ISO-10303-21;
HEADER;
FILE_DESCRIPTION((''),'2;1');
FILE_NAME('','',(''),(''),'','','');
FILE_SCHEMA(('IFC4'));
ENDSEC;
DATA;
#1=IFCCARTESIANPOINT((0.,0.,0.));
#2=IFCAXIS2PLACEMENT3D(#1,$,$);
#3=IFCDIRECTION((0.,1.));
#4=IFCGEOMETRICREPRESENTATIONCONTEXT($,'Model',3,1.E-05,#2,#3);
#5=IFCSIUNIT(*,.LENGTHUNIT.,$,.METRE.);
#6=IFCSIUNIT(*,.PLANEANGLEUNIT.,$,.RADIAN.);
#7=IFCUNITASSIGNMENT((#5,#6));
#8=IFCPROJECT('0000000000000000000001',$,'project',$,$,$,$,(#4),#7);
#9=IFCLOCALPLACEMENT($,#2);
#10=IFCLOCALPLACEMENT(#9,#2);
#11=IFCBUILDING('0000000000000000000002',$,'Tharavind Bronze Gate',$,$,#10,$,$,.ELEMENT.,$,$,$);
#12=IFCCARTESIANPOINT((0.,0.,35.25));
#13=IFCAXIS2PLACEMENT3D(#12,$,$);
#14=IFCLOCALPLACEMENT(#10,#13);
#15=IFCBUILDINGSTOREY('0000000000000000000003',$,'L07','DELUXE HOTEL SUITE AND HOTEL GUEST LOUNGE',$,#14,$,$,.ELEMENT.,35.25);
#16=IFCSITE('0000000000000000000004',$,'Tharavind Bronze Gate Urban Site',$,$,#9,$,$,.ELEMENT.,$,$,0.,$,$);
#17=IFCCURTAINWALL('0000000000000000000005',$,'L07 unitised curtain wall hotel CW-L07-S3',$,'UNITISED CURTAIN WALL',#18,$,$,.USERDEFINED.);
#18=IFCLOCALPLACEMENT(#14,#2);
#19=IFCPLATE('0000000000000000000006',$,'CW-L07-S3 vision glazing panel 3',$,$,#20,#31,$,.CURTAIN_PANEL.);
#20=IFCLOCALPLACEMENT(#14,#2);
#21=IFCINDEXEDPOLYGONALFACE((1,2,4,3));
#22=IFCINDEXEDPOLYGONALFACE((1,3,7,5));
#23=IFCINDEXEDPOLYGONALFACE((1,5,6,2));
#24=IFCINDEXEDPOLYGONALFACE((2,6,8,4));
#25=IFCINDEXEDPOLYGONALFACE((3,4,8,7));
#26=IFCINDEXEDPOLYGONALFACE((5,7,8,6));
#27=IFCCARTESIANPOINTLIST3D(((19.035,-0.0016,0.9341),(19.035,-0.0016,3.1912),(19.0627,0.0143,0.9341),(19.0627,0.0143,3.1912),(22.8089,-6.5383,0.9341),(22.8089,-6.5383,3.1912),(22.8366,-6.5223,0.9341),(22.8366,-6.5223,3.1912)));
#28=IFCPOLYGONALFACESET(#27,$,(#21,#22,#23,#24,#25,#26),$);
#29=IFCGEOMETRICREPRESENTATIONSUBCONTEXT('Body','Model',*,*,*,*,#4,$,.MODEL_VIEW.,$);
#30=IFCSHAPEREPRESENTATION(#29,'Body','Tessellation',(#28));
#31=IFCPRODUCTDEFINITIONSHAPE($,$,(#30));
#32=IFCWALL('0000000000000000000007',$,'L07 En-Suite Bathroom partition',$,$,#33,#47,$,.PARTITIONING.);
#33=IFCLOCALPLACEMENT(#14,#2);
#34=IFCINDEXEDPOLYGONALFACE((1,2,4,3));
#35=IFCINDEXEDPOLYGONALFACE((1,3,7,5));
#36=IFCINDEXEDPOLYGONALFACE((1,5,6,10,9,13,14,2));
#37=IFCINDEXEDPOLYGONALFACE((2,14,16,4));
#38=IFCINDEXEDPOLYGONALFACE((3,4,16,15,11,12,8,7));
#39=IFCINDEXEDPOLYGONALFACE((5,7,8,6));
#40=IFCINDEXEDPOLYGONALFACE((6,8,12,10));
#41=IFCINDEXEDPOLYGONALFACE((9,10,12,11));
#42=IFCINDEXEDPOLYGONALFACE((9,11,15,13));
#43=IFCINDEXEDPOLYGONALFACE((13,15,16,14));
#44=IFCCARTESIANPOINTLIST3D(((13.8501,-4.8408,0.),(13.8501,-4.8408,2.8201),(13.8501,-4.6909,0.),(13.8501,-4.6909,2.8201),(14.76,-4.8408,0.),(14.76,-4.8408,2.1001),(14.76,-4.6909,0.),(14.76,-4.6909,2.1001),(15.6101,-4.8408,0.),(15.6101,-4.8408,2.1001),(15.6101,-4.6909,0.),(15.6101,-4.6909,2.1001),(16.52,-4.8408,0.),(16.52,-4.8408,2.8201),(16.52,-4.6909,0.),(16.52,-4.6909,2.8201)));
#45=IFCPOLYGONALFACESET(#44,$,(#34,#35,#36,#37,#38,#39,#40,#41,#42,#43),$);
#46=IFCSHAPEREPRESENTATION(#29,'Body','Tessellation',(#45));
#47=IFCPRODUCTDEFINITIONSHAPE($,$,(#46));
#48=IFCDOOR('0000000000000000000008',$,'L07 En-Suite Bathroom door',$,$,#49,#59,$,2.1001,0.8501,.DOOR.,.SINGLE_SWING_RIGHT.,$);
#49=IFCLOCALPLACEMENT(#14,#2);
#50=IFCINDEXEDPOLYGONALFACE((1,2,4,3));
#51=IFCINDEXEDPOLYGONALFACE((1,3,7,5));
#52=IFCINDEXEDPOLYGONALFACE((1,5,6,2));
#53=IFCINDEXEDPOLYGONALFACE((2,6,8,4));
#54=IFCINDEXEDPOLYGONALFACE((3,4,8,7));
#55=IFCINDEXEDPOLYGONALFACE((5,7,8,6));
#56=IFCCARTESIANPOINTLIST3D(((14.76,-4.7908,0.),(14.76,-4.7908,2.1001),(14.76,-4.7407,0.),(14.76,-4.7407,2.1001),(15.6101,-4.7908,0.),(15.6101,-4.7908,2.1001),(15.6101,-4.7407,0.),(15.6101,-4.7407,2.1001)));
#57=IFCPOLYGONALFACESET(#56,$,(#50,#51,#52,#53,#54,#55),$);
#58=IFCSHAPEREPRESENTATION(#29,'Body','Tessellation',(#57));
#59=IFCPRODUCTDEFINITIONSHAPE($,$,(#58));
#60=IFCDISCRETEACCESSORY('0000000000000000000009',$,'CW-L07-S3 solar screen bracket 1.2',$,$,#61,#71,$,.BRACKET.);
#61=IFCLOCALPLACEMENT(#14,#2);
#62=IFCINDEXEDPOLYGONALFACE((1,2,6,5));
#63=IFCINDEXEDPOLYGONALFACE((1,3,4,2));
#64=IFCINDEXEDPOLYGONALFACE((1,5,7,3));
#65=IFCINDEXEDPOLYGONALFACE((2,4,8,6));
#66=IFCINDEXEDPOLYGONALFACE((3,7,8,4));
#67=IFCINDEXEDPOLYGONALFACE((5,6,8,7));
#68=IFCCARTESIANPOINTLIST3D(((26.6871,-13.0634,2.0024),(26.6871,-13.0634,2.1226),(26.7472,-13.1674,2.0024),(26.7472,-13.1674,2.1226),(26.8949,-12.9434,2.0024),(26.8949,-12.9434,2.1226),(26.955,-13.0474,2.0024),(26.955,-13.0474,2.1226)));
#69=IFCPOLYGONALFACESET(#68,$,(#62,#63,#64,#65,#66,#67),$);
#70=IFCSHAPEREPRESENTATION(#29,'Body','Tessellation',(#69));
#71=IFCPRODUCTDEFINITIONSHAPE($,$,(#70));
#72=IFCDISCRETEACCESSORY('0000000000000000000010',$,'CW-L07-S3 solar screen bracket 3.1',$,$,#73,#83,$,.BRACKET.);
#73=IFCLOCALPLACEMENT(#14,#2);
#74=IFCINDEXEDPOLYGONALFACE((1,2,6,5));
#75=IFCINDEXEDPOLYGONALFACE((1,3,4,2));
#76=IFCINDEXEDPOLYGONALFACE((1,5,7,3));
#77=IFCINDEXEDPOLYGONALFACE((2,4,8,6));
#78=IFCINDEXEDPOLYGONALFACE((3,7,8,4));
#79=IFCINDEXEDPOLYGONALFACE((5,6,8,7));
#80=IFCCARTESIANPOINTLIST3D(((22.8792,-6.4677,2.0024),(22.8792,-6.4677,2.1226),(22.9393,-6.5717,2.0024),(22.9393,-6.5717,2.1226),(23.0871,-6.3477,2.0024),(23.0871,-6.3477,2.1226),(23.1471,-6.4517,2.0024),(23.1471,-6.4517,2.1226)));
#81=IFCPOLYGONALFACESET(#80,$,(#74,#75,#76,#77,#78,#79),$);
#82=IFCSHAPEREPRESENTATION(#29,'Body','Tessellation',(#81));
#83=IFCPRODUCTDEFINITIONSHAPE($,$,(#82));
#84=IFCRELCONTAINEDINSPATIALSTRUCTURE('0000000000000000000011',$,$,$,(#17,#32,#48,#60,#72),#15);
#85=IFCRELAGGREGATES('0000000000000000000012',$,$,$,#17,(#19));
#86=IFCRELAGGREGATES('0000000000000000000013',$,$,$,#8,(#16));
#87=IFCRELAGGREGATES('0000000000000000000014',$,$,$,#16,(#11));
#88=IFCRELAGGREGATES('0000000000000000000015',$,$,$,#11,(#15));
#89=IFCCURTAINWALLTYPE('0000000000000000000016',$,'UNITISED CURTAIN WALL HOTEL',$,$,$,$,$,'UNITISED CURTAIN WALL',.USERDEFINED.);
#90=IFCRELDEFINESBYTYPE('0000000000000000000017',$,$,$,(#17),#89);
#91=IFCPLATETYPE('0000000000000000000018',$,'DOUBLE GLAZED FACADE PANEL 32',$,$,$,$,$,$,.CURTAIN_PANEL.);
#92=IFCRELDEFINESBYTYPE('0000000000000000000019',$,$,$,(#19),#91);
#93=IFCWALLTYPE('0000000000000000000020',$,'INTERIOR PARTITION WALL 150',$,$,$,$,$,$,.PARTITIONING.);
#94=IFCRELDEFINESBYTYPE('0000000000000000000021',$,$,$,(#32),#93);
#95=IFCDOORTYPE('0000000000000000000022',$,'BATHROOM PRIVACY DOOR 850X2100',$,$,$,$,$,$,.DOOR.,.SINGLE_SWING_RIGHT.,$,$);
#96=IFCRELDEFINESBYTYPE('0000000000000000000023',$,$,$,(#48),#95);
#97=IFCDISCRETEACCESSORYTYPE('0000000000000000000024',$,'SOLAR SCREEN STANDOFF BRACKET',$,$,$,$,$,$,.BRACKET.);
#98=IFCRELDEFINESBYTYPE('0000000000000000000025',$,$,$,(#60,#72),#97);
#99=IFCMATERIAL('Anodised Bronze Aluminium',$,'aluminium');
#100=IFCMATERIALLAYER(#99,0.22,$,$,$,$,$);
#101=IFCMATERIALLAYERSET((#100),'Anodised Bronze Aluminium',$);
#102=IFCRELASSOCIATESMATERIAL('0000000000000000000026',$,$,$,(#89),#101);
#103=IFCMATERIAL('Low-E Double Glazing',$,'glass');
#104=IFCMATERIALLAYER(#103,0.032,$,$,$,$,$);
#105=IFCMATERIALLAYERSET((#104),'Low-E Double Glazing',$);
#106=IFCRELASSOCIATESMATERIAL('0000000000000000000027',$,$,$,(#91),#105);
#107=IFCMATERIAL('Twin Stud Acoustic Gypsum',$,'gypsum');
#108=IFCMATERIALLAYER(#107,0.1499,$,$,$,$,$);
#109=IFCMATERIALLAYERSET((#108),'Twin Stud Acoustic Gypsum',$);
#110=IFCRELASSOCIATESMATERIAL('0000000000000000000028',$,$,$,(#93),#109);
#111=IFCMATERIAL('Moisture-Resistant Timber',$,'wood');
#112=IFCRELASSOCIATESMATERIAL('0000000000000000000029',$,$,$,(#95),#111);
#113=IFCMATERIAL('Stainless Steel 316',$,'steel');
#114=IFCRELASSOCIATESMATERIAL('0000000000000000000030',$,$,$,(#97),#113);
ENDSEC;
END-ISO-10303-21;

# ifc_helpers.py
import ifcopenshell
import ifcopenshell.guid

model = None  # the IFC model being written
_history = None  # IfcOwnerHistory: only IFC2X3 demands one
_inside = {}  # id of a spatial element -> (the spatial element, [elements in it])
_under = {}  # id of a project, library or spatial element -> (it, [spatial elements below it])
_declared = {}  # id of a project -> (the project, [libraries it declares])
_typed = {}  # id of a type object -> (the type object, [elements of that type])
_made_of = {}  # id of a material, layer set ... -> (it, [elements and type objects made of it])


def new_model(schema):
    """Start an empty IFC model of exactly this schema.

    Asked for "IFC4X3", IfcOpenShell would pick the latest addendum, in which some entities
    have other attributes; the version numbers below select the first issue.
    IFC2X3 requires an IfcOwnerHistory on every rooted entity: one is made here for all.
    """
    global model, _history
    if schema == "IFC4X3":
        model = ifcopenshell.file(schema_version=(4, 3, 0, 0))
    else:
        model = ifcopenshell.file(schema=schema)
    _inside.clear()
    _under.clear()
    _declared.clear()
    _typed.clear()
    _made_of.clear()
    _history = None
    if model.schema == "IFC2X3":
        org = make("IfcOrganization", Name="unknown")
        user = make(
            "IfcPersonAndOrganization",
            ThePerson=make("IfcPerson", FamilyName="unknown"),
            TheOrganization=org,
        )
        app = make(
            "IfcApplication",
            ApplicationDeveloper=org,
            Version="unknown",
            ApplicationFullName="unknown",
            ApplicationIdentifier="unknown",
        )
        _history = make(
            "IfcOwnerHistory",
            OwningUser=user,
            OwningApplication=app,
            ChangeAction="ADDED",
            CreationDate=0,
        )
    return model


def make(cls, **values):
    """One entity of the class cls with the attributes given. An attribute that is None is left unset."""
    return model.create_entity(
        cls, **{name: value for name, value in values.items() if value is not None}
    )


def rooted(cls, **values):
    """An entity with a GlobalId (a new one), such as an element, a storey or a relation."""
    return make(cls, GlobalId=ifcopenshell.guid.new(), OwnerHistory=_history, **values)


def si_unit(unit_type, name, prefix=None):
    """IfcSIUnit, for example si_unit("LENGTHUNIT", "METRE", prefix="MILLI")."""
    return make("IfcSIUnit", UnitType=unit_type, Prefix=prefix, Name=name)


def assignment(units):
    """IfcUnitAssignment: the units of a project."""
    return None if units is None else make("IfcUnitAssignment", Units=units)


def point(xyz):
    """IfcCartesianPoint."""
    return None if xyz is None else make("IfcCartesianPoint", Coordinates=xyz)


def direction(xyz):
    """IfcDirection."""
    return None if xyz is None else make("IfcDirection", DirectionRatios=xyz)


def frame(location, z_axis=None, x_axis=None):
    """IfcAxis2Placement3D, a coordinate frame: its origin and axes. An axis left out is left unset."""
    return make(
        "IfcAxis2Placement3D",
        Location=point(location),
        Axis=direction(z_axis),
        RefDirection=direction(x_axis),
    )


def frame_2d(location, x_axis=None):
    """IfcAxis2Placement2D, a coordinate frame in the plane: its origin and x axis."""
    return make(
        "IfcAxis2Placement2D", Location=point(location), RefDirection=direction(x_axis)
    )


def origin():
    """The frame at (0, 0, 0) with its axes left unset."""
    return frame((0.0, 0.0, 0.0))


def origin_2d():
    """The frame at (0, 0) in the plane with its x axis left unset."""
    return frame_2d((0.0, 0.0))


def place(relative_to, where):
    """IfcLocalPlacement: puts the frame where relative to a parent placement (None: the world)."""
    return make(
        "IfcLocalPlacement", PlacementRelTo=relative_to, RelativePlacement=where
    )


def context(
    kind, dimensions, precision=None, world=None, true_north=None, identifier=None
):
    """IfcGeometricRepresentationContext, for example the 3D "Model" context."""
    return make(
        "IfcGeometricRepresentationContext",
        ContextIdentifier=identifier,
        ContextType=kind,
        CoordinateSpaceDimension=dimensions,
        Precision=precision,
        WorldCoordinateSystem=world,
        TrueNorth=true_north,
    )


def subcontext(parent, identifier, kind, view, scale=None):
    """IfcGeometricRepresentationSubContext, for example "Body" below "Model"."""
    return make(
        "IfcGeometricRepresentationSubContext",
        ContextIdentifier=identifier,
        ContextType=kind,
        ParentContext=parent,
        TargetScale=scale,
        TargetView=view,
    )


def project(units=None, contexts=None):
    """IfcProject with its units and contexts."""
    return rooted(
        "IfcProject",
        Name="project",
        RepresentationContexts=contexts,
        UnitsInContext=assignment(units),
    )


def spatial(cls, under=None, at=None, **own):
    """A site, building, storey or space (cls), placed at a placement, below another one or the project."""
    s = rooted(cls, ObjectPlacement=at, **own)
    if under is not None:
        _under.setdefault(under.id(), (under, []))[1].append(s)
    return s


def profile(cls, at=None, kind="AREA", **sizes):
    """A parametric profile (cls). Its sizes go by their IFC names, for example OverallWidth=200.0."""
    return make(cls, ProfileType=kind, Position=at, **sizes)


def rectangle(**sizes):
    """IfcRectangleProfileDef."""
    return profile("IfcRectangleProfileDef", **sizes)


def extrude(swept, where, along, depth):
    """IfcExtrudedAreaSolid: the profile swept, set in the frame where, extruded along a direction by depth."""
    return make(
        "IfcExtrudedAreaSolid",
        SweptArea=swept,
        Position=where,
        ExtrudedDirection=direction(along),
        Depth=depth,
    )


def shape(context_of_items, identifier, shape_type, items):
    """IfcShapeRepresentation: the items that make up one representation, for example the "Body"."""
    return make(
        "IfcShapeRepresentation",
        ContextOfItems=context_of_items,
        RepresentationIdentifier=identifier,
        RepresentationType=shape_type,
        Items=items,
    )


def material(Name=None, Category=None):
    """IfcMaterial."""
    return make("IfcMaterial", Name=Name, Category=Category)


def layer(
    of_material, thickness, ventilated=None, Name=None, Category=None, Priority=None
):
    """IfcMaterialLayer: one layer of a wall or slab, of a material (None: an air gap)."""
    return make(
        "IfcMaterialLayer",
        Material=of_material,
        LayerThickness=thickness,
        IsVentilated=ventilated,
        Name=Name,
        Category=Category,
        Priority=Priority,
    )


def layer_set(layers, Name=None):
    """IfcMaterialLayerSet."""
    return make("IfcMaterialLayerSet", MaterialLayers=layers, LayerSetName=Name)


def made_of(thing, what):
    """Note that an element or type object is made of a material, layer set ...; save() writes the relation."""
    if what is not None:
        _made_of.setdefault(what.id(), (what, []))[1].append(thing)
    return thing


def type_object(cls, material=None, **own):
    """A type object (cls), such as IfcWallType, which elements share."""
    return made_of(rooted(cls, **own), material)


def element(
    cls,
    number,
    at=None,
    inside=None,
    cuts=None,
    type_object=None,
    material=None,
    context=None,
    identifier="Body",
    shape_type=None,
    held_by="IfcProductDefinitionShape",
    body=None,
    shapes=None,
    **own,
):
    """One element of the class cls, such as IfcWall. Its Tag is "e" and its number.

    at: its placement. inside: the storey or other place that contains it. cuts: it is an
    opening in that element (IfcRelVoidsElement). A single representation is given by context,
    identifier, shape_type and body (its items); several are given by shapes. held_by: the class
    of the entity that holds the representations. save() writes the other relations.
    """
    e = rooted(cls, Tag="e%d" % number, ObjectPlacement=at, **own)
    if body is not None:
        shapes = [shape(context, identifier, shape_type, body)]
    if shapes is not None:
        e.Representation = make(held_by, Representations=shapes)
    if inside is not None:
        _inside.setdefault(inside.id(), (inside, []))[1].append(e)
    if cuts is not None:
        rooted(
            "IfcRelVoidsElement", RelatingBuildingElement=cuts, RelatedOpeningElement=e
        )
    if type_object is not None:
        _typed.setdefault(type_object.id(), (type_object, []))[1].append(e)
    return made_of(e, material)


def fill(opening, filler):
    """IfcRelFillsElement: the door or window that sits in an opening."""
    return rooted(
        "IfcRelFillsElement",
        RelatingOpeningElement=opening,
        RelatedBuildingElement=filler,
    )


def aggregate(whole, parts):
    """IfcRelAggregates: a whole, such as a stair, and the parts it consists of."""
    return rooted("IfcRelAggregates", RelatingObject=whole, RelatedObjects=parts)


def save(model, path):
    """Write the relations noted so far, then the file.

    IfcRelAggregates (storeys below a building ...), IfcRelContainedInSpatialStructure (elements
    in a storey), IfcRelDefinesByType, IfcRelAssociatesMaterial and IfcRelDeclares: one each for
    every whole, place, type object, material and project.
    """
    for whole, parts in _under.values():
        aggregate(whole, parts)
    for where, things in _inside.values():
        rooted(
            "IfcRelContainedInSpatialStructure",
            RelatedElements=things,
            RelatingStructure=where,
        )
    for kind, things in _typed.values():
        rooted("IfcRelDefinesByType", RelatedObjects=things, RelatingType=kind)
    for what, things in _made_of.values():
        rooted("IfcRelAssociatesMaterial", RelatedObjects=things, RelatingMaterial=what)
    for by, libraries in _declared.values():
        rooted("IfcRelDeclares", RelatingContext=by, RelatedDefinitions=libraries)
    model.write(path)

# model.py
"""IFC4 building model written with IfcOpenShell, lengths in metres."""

from ifc_helpers import new_model, si_unit, direction, frame, frame_2d, origin, origin_2d, place, context, subcontext, project, spatial, rectangle, extrude, material, layer, layer_set, type_object, element, fill, aggregate, save


model = new_model("IFC4")

# Units and contexts
model_context = context("Model", 3, precision=1e-05, world=origin(), true_north=direction((0.0, 1.0)))
body_context = subcontext(model_context, "Body", "Model", "MODEL_VIEW")
ifc_project = project(units=[si_unit("LENGTHUNIT", "METRE"), si_unit("PLANEANGLEUNIT", "RADIAN")], contexts=[model_context])

# Site, building, storey
site_placement = place(None, origin())
site = spatial("IfcSite", under=ifc_project, at=site_placement, Name="Tharavind Bronze Gate Urban Site", CompositionType="ELEMENT", RefElevation=0.0)
building_placement = place(site_placement, origin())
building = spatial("IfcBuilding", under=site, at=building_placement, Name="Tharavind Bronze Gate", CompositionType="ELEMENT")
storey_placement = place(building_placement, frame((0.0, 0.0, 35.25)))
storey = spatial("IfcBuildingStorey", under=building, at=storey_placement, Name="L07", Description="DELUXE HOTEL SUITE AND HOTEL GUEST LOUNGE", CompositionType="ELEMENT", Elevation=35.25)

# Curtain wall
ifc_material_1 = material(Name="Anodised Bronze Aluminium", Category="aluminium")
ifc_layer_1 = layer(ifc_material_1, 0.22)
ifc_layer_set_1 = layer_set([ifc_layer_1], Name="Anodised Bronze Aluminium")
curtain_wall_type = type_object("IfcCurtainWallType", Name="UNITISED CURTAIN WALL HOTEL", ElementType="UNITISED CURTAIN WALL", PredefinedType="USERDEFINED", material=ifc_layer_set_1)
curtain_wall_placement = place(storey_placement, origin())
curtain_wall = element("IfcCurtainWall", 1, at=curtain_wall_placement, inside=storey, type_object=curtain_wall_type, Name="L07 unitised curtain wall hotel CW-L07-S3", ObjectType="UNITISED CURTAIN WALL", PredefinedType="USERDEFINED")

# Plate
ifc_material_2 = material(Name="Low-E Double Glazing", Category="glass")
ifc_layer_2 = layer(ifc_material_2, 0.032)
ifc_layer_set_2 = layer_set([ifc_layer_2], Name="Low-E Double Glazing")
plate_type_1 = type_object("IfcPlateType", Name="DOUBLE GLAZED FACADE PANEL 32", PredefinedType="CURTAIN_PANEL", material=ifc_layer_set_2)
plate_1_placement = place(storey_placement, frame((20.9358, -3.262, 0.9341), z_axis=(0.0, 0.0, 1.0), x_axis=(-0.500002, 0.866025, 0.0)))
plate_1 = element("IfcPlate", 2, at=plate_1_placement, type_object=plate_type_1, Name="CW-L07-S3 vision glazing panel 3", PredefinedType="CURTAIN_PANEL", context=body_context, shape_type="SweptSolid", body=[
    extrude(rectangle(XDim=7.5479, YDim=0.032, at=origin_2d()), origin(), (0.0, 0.0, 1.0), 2.2571),
])
aggregate(curtain_wall, [plate_1])

# Wall, opening, door
ifc_material_3 = material(Name="Twin Stud Acoustic Gypsum", Category="gypsum")
ifc_layer_3 = layer(ifc_material_3, 0.1499)
ifc_layer_set_3 = layer_set([ifc_layer_3], Name="Twin Stud Acoustic Gypsum")
wall_type = type_object("IfcWallType", Name="INTERIOR PARTITION WALL 150", PredefinedType="PARTITIONING", material=ifc_layer_set_3)
wall_placement = place(storey_placement, frame((16.52, -4.7659, 0.0), z_axis=(0.0, 0.0, 1.0), x_axis=(-1.0, 0.0, 0.0)))
wall = element("IfcWall", 3, at=wall_placement, inside=storey, type_object=wall_type, Name="L07 En-Suite Bathroom partition", PredefinedType="PARTITIONING", context=body_context, shape_type="SweptSolid", body=[
    extrude(rectangle(XDim=2.6699, YDim=0.1499, at=frame_2d((1.335, 0.0))), origin(), (0.0, 0.0, 1.0), 2.8201),
])
opening_placement = place(wall_placement, frame((0.9099, 0.0, 0.0)))
opening = element("IfcOpeningElement", 4, at=opening_placement, cuts=wall, PredefinedType="OPENING", context=body_context, shape_type="SweptSolid", body=[
    extrude(rectangle(XDim=0.8501, YDim=2.1001, at=frame_2d((0.425, 1.05))), frame((0.0, 0.085, 0.0), z_axis=(0.0, -1.0, 0.0), x_axis=(1.0, 0.0, 0.0)), (0.0, 0.0, 1.0), 0.1699),
])
ifc_material_4 = material(Name="Moisture-Resistant Timber", Category="wood")
door_type = type_object("IfcDoorType", Name="BATHROOM PRIVACY DOOR 850X2100", OperationType="SINGLE_SWING_RIGHT", PredefinedType="DOOR", material=ifc_material_4)
door_placement = place(opening_placement, origin())
door = element("IfcDoor", 5, at=door_placement, inside=storey, type_object=door_type, Name="L07 En-Suite Bathroom door", OperationType="SINGLE_SWING_RIGHT", OverallHeight=2.1001, OverallWidth=0.8501, PredefinedType="DOOR", context=body_context, shape_type="SweptSolid", body=[
    extrude(rectangle(XDim=0.8501, YDim=2.1001, at=frame_2d((0.425, 1.05))), frame((0.0, 0.0249, 0.0), z_axis=(0.0, -1.0, 0.0), x_axis=(1.0, 0.0, 0.0)), (0.0, 0.0, 1.0), 0.05),
])
fill(opening, door)

# Discrete accessories
ifc_material_5 = material(Name="Stainless Steel 316", Category="steel")
discrete_accessory_type = type_object("IfcDiscreteAccessoryType", Name="SOLAR SCREEN STANDOFF BRACKET", PredefinedType="BRACKET", material=ifc_material_5)
for number, where, z_axis, x_axis, name in (
    (6, (26.821, -13.0554, 2.0024), (0.0, 0.0, 1.0), (-0.500002, 0.866025, 0.0), "CW-L07-S3 solar screen bracket 1.2"),
    (7, (23.0132, -6.4597, 2.0024), (0.0, 0.0, 1.0), (-0.500002, 0.866025, 0.0), "CW-L07-S3 solar screen bracket 3.1"),
):
    element("IfcDiscreteAccessory", number, at=place(storey_placement, frame(where, z_axis=z_axis, x_axis=x_axis)), inside=storey, type_object=discrete_accessory_type, Name=name, PredefinedType="BRACKET", context=body_context, shape_type="SweptSolid", body=[
        extrude(rectangle(XDim=0.1201, YDim=0.24, at=origin_2d()), origin(), (0.0, 0.0, 1.0), 0.1201),
    ])

save(model, "model.ifc")
